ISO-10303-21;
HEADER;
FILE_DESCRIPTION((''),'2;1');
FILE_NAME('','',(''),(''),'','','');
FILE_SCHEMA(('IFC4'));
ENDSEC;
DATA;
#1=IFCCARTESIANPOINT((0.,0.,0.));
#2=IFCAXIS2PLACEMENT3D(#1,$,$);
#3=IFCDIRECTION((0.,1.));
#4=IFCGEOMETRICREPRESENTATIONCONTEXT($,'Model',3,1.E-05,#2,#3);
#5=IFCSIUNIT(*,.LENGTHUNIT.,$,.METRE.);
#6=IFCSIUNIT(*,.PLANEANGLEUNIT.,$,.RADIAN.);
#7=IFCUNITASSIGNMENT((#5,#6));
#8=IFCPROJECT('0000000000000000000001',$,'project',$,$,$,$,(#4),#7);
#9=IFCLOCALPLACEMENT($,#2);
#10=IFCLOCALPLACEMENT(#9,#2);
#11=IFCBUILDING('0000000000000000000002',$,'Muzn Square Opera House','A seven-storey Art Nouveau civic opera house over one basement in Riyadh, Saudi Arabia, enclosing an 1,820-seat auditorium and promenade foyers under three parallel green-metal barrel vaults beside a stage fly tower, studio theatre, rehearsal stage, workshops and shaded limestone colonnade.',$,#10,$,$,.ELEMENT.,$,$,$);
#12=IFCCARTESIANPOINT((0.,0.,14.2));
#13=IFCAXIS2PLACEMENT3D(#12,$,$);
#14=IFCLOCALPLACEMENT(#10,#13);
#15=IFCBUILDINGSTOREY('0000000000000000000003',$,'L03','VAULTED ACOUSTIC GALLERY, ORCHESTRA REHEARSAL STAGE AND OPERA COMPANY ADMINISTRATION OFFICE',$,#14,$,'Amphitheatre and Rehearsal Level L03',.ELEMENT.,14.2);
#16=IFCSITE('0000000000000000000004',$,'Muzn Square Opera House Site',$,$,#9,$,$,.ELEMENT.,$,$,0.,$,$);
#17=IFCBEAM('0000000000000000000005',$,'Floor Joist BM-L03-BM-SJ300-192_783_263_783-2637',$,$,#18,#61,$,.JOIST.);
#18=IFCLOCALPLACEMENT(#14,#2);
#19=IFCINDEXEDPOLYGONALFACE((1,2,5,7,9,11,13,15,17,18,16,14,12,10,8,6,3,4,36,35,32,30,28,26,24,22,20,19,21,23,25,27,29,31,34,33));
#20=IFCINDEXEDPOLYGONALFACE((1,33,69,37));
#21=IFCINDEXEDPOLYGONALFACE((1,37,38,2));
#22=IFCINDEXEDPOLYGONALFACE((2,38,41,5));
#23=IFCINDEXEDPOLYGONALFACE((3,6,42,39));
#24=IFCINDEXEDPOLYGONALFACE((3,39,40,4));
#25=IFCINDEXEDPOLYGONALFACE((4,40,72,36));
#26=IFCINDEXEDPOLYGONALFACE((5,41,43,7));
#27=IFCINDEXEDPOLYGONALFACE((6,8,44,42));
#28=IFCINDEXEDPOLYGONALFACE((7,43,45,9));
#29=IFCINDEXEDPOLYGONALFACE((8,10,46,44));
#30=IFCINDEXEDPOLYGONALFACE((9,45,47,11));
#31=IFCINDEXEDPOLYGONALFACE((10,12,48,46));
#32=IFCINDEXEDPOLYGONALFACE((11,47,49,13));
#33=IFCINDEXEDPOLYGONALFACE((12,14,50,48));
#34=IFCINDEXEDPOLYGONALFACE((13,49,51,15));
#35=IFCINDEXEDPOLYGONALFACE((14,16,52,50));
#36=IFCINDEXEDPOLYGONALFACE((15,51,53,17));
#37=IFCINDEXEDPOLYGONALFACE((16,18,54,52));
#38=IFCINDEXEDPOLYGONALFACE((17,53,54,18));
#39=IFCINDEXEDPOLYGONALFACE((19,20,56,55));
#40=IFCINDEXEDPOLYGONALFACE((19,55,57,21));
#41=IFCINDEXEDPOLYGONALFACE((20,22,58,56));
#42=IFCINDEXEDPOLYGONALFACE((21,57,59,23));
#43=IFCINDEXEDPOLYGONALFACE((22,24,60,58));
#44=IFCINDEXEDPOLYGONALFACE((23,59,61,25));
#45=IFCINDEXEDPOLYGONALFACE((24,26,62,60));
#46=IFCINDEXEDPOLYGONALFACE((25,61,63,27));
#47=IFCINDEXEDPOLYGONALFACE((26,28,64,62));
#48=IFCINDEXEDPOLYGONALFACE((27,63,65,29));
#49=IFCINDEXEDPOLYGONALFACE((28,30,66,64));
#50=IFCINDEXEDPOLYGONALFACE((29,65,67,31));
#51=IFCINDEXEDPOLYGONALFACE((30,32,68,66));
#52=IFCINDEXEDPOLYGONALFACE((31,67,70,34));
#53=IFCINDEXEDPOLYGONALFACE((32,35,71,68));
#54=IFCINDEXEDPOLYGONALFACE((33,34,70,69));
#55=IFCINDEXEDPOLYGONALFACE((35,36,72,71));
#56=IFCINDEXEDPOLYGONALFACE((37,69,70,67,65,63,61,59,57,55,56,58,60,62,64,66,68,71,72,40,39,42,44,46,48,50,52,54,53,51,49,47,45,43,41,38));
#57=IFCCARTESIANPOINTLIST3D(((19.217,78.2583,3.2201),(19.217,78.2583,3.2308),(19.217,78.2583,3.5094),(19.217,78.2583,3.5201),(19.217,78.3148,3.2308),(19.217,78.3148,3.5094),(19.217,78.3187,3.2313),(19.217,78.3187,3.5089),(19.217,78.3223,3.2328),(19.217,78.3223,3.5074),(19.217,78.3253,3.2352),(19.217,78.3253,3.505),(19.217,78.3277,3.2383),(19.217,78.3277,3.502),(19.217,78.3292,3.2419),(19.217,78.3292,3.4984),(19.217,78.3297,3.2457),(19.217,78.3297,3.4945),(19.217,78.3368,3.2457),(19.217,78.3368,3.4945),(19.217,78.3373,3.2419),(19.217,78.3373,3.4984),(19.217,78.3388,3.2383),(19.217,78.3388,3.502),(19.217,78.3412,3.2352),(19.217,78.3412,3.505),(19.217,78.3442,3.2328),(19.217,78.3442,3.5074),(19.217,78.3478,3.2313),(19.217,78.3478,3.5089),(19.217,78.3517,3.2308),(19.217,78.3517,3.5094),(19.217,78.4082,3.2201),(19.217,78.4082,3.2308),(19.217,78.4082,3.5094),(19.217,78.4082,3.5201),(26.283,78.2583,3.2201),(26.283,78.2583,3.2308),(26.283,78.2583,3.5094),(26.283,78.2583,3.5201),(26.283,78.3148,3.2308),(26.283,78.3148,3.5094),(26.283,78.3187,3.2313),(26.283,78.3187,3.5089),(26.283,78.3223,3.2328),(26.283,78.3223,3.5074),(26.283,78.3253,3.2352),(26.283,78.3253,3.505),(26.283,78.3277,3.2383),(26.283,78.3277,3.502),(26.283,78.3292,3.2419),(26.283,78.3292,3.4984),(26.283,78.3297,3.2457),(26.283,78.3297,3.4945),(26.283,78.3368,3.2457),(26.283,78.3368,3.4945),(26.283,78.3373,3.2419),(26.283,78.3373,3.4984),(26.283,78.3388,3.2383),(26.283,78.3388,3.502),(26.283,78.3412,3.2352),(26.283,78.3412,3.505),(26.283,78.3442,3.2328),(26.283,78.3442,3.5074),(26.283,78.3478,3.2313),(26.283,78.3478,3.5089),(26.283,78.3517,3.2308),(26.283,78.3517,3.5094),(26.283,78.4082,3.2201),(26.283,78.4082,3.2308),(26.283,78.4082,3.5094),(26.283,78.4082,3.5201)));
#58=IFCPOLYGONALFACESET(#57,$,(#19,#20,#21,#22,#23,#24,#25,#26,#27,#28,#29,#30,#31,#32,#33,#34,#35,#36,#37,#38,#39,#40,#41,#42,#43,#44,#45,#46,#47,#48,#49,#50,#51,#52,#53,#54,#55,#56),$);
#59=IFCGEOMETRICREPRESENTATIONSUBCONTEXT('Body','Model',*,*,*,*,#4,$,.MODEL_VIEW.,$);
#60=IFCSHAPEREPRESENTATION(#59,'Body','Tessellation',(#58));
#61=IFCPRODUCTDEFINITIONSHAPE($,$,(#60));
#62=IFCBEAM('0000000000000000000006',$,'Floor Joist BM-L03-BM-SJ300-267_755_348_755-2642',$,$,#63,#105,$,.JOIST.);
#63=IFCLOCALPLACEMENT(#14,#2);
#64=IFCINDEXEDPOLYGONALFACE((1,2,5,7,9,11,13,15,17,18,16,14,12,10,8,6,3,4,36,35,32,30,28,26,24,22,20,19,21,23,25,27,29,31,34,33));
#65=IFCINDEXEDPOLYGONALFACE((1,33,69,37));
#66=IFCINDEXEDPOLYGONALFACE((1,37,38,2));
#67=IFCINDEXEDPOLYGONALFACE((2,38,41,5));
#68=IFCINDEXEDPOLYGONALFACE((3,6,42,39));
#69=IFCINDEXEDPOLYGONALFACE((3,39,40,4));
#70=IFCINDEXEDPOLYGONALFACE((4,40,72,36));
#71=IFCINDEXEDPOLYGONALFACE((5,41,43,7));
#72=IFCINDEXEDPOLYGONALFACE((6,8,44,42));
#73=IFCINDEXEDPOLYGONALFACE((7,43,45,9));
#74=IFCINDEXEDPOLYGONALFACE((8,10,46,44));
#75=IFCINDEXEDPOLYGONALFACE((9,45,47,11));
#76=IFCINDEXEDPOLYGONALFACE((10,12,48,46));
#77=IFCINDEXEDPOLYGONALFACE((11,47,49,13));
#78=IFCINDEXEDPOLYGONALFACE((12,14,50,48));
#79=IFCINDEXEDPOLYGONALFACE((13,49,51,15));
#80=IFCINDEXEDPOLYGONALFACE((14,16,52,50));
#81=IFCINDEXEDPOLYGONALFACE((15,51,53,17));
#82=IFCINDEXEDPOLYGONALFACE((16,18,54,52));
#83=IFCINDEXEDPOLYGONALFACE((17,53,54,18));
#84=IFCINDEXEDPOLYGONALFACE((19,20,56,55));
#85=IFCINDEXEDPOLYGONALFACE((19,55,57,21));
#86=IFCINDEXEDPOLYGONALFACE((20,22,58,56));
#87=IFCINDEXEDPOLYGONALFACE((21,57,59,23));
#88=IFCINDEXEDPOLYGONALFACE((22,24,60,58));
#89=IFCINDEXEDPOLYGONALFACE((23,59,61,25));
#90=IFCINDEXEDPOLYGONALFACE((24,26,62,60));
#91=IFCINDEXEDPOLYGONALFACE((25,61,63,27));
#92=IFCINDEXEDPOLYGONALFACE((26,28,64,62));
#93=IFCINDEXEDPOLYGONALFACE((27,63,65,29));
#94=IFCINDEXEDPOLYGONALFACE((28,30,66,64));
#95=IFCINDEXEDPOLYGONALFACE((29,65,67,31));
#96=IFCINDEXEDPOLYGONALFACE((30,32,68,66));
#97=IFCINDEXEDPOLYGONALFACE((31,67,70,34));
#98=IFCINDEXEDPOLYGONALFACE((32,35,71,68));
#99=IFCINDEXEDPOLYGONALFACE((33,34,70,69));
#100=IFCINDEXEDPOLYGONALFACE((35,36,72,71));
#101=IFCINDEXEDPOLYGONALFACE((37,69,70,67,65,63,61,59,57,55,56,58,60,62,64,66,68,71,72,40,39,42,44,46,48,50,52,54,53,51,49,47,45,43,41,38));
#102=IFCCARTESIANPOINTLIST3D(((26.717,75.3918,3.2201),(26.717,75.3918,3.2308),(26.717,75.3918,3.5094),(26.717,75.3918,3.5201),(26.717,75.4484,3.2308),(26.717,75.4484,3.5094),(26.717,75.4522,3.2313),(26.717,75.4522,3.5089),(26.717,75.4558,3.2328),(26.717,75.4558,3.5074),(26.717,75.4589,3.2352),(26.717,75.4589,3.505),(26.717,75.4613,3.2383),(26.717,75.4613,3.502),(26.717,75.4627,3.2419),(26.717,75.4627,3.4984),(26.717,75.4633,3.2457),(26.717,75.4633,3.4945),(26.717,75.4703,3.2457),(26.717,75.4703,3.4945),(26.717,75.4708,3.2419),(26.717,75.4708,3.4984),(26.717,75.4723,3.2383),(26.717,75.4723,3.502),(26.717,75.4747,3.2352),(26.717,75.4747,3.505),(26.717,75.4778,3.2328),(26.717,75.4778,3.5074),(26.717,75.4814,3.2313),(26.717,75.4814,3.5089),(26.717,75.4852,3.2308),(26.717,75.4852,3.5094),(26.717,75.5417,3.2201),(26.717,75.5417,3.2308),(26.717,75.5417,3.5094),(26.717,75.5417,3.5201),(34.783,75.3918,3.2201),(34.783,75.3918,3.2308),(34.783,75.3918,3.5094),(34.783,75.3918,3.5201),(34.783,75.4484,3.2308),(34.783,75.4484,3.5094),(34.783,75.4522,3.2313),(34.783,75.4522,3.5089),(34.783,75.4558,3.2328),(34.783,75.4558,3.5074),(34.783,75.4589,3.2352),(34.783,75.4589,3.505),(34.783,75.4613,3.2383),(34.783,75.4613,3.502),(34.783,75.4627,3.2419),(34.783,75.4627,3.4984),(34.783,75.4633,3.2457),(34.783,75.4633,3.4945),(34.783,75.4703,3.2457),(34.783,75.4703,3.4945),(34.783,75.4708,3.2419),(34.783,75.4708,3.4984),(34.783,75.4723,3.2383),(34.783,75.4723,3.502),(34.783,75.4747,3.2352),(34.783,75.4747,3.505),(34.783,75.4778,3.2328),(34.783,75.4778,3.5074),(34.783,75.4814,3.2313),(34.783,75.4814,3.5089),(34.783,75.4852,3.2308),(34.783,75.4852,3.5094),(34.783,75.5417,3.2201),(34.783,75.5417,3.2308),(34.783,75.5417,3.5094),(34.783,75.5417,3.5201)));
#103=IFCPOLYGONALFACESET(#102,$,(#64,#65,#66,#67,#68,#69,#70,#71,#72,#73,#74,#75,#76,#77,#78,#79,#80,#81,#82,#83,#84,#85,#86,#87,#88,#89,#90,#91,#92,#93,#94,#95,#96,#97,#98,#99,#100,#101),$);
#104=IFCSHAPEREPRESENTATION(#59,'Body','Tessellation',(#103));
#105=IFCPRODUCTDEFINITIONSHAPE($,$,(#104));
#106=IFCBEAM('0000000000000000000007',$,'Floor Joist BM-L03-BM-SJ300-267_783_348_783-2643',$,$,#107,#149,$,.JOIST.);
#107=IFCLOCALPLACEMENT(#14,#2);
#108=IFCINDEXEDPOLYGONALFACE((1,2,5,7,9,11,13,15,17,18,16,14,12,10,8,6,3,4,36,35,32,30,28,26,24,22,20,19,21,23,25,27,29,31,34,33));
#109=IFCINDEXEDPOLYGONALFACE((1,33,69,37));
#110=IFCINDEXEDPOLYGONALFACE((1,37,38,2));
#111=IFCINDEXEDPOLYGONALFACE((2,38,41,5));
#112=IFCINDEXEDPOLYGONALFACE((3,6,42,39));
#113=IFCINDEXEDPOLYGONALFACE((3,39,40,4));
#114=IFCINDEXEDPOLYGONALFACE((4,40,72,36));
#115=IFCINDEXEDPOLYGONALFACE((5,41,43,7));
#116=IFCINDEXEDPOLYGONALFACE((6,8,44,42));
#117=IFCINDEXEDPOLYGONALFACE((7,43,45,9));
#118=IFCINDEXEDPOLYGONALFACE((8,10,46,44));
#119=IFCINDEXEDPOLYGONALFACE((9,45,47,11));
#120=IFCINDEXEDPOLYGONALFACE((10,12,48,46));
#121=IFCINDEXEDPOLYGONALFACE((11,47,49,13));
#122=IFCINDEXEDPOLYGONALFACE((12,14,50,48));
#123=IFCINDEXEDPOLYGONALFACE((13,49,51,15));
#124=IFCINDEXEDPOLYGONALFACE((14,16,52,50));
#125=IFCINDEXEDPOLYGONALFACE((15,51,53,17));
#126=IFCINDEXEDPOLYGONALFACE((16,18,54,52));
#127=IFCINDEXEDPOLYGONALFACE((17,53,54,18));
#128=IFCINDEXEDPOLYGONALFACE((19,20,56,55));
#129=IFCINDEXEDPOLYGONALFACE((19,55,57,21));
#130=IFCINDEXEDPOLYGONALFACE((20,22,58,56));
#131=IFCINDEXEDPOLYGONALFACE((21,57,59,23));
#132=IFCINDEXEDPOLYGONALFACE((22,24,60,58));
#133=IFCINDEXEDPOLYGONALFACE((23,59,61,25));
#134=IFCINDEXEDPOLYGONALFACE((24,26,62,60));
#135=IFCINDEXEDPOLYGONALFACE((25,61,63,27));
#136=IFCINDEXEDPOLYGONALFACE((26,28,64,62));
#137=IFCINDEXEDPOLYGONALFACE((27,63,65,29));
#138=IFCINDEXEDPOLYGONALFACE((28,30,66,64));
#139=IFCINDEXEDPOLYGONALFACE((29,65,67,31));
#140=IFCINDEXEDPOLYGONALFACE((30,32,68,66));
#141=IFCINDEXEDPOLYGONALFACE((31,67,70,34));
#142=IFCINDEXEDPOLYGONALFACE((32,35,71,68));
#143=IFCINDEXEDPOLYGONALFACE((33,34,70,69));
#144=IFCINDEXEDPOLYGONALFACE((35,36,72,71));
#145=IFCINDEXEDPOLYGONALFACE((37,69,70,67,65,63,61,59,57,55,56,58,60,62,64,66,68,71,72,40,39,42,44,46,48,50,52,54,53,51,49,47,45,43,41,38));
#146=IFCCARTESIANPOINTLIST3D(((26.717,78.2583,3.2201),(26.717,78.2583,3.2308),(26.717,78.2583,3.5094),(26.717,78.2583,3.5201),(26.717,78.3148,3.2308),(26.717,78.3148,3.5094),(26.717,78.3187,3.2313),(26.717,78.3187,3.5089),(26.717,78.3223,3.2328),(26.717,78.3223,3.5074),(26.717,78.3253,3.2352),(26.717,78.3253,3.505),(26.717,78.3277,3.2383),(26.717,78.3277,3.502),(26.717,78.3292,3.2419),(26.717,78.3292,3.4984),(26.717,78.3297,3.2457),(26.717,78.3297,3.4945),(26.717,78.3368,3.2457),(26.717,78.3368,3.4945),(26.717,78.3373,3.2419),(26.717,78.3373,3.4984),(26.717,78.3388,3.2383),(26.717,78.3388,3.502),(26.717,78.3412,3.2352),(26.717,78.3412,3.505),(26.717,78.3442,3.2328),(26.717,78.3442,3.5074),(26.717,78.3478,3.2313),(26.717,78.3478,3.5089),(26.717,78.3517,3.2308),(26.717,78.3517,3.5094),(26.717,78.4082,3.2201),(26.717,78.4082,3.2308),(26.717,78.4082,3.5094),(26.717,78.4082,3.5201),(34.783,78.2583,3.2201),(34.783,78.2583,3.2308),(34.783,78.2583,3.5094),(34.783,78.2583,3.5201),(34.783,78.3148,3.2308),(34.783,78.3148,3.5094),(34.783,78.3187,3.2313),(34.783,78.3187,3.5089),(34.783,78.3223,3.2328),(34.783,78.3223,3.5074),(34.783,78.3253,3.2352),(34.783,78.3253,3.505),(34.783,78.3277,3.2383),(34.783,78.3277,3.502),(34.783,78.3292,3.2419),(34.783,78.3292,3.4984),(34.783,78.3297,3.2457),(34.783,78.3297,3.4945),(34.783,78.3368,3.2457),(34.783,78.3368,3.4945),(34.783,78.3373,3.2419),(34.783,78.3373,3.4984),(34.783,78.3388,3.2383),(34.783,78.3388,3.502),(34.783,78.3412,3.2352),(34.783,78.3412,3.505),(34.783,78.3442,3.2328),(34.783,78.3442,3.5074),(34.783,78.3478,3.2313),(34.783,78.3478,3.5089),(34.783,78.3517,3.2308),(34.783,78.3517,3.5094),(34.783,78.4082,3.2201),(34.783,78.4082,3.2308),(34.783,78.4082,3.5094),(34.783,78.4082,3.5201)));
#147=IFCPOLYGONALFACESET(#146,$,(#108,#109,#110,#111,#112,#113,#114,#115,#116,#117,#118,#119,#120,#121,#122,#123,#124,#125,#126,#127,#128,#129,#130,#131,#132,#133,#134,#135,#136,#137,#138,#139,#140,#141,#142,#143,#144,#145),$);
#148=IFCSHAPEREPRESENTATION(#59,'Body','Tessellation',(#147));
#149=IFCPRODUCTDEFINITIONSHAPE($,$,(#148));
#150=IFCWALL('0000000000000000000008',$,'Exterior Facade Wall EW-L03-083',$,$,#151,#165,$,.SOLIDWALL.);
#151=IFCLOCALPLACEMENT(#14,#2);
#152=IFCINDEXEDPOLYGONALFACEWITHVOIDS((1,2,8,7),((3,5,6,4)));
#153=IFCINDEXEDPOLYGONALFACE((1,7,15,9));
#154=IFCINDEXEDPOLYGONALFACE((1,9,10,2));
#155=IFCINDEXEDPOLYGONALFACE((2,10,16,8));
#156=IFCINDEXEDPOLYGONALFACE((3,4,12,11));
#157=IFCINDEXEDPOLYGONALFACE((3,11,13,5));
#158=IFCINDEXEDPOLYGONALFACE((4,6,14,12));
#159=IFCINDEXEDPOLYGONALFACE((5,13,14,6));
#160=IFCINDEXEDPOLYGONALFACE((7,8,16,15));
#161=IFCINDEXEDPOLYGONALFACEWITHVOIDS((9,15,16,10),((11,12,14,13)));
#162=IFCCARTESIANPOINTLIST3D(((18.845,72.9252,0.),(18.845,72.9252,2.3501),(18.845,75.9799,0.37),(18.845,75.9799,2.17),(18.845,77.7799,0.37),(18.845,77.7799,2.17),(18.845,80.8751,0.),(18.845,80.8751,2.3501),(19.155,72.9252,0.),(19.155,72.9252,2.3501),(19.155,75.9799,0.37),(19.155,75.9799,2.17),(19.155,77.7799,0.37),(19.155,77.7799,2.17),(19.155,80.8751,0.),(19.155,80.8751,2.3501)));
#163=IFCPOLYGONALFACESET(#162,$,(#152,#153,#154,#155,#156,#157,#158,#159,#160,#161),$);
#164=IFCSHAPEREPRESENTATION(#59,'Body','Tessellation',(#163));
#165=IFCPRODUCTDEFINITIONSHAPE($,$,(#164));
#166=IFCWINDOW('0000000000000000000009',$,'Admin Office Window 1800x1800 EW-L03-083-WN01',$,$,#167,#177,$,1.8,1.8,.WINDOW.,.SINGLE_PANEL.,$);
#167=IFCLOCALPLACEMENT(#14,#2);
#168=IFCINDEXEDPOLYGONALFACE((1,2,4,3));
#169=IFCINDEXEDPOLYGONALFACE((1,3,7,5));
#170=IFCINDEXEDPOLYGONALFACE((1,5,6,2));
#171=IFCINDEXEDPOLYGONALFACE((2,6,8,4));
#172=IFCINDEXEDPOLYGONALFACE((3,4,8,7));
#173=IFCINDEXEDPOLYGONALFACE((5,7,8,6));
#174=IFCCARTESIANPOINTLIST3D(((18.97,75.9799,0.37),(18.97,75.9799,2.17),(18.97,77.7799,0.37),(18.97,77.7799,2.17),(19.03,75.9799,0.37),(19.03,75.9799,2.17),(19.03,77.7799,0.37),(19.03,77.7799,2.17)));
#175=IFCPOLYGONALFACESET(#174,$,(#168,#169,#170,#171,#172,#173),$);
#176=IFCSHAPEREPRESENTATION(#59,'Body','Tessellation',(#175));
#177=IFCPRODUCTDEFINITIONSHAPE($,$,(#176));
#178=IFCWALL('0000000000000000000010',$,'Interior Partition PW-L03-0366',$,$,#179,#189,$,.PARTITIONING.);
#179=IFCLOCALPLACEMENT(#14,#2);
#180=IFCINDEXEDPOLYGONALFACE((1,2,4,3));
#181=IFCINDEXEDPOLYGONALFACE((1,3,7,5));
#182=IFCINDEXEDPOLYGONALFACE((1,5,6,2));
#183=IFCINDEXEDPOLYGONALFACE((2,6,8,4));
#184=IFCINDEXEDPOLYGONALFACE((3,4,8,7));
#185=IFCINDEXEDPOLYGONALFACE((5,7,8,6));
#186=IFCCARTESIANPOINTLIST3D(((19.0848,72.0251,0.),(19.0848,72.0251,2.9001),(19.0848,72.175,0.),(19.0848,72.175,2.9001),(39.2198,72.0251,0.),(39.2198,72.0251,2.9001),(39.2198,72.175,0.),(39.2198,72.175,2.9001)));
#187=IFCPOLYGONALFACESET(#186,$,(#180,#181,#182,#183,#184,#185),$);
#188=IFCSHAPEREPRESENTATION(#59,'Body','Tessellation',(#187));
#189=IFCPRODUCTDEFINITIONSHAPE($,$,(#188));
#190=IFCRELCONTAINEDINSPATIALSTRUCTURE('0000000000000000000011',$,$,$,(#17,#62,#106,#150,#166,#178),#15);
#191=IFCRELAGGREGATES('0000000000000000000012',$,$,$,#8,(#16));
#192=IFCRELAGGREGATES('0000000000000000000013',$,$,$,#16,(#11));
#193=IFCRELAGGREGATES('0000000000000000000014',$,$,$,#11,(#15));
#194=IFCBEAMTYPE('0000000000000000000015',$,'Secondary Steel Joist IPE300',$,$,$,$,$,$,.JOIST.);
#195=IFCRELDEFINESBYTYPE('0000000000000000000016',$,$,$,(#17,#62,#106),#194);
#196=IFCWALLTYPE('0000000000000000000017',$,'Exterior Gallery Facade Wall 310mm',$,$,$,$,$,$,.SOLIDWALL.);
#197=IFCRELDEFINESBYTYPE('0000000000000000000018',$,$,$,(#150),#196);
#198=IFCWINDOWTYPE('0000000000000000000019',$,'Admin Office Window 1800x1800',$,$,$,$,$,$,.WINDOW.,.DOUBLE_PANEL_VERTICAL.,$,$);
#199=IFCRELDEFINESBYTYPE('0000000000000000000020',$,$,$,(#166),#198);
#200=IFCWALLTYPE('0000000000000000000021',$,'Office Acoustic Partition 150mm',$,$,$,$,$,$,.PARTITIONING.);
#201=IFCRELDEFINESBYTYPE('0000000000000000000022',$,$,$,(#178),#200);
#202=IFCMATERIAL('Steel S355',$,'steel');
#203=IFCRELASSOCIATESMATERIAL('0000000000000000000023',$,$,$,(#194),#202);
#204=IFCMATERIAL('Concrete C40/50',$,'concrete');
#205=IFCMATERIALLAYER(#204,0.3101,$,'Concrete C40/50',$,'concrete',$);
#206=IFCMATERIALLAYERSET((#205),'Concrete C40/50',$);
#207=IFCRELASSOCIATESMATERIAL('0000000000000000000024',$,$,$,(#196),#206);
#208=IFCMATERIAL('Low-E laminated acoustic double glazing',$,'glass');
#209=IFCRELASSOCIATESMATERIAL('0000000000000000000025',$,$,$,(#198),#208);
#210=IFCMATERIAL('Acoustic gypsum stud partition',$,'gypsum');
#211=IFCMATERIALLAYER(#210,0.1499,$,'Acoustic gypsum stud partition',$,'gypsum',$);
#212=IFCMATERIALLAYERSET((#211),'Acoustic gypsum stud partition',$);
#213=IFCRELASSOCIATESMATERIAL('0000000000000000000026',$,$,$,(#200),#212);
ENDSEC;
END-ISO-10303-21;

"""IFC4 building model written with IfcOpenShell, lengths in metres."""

from ifc_helpers import new_model, si_unit, direction, frame, frame_2d, origin, origin_2d, place, context, subcontext, project, spatial, rectangle, i_section, extrude, material, layer, layer_set, material_profile, profile_set, type_object, element, fill, save


model = new_model("IFC4")

# Units and contexts
model_context = context("Model", 3, precision=1e-05, world=origin(), true_north=direction((0.0, 1.0)))
body_context = subcontext(model_context, "Body", "Model", "MODEL_VIEW")
ifc_project = project(units=[si_unit("LENGTHUNIT", "METRE"), si_unit("PLANEANGLEUNIT", "RADIAN")], contexts=[model_context])

# Site, building, storey
site_placement = place(None, origin())
site = spatial("IfcSite", under=ifc_project, at=site_placement, Name="Muzn Square Opera House Site", CompositionType="ELEMENT", RefElevation=0.0)
building_placement = place(site_placement, origin())
building = spatial("IfcBuilding", under=site, at=building_placement, Name="Muzn Square Opera House", Description="A seven-storey Art Nouveau civic opera house over one basement in Riyadh, Saudi Arabia, enclosing an 1,820-seat auditorium and promenade foyers under three parallel green-metal barrel vaults beside a stage fly tower, studio theatre, rehearsal stage, workshops and shaded limestone colonnade.", CompositionType="ELEMENT")
storey_placement = place(building_placement, frame((0.0, 0.0, 14.2)))
storey = spatial("IfcBuildingStorey", under=building, at=storey_placement, Name="L03", Description="VAULTED ACOUSTIC GALLERY, ORCHESTRA REHEARSAL STAGE AND OPERA COMPANY ADMINISTRATION OFFICE", LongName="Amphitheatre and Rehearsal Level L03", CompositionType="ELEMENT", Elevation=14.2)

# Beams
ifc_material_1 = material(Name="Concrete C40/50", Category="concrete")
ifc_material_2 = material(Name="Steel S355", Category="steel")
ifc_material_profile_1 = material_profile(ifc_material_2, i_section(OverallWidth=0.1499, OverallDepth=0.3, WebThickness=0.0071, FlangeThickness=0.0107, FilletRadius=0.0149, at=origin_2d()), Name="IPE 300", Category="steel")
ifc_profile_set_1 = profile_set([ifc_material_profile_1], Name="Steel S355")
beam_type_1 = type_object("IfcBeamType", Name="Secondary Steel Joist IPE300", PredefinedType="JOIST", material=ifc_profile_set_1)
beam_1_placement = place(storey_placement, frame((19.217, 78.3333, 3.3701), z_axis=(1.0, 0.0, 0.0), x_axis=(0.0, 1.0, 0.0)))
element("IfcBeam", 1, at=beam_1_placement, inside=storey, type_object=beam_type_1, Name="Floor Joist BM-L03-BM-SJ300-192_783_263_783-2637", PredefinedType="JOIST", context=body_context, shape_type="SweptSolid", body=[
    extrude(i_section(OverallWidth=0.1499, OverallDepth=0.3, WebThickness=0.0071, FlangeThickness=0.0107, FilletRadius=0.0149, at=origin_2d()), origin(), (0.0, 0.0, 1.0), 7.0659),
])
for number, where, z_axis, x_axis, name in (
    (2, (26.717, 75.4668, 3.3701), (1.0, 0.0, 0.0), (0.0, 1.0, 0.0), "Floor Joist BM-L03-BM-SJ300-267_755_348_755-2642"),
    (3, (26.717, 78.3333, 3.3701), (1.0, 0.0, 0.0), (0.0, 1.0, 0.0), "Floor Joist BM-L03-BM-SJ300-267_783_348_783-2643"),
):
    element("IfcBeam", number, at=place(storey_placement, frame(where, z_axis=z_axis, x_axis=x_axis)), inside=storey, type_object=beam_type_1, Name=name, PredefinedType="JOIST", context=body_context, shape_type="SweptSolid", body=[
        extrude(i_section(OverallWidth=0.1499, OverallDepth=0.3, WebThickness=0.0071, FlangeThickness=0.0107, FilletRadius=0.0149, at=origin_2d()), origin(), (0.0, 0.0, 1.0), 8.0659),
    ])

# Wall, opening, window
ifc_layer_1 = layer(ifc_material_1, 0.3101, Name="Concrete C40/50", Category="concrete")
ifc_layer_set_1 = layer_set([ifc_layer_1], Name="Concrete C40/50")
wall_type_1 = type_object("IfcWallType", Name="Exterior Gallery Facade Wall 310mm", PredefinedType="SOLIDWALL", material=ifc_layer_set_1)
wall_1_placement = place(storey_placement, frame((19.0, 72.925, 0.0), z_axis=(0.0, 0.0, 1.0), x_axis=(0.0, 1.0, 0.0)))
wall_1 = element("IfcWall", 4, at=wall_1_placement, inside=storey, type_object=wall_type_1, Name="Exterior Facade Wall EW-L03-083", PredefinedType="SOLIDWALL", context=body_context, shape_type="SweptSolid", body=[
    extrude(rectangle(XDim=7.95, YDim=0.3101, at=frame_2d((3.9751, 0.0))), origin(), (0.0, 0.0, 1.0), 2.3501),
])
opening_placement = place(wall_1_placement, frame((3.0549, 0.0, 0.3701)))
opening = element("IfcOpeningElement", 5, at=opening_placement, cuts=wall_1, PredefinedType="OPENING", context=body_context, shape_type="SweptSolid", body=[
    extrude(rectangle(XDim=1.8, YDim=1.8, at=frame_2d((0.8999, 0.8999))), frame((0.0, 0.165, 0.0), z_axis=(0.0, -1.0, 0.0), x_axis=(1.0, 0.0, 0.0)), (0.0, 0.0, 1.0), 0.3301),
])
ifc_material_3 = material(Name="Low-E laminated acoustic double glazing", Category="glass")
window_type = type_object("IfcWindowType", Name="Admin Office Window 1800x1800", PartitioningType="DOUBLE_PANEL_VERTICAL", PredefinedType="WINDOW", material=ifc_material_3)
window_placement = place(opening_placement, origin())
window = element("IfcWindow", 6, at=window_placement, inside=storey, type_object=window_type, Name="Admin Office Window 1800x1800 EW-L03-083-WN01", OverallHeight=1.8, OverallWidth=1.8, PartitioningType="SINGLE_PANEL", PredefinedType="WINDOW", context=body_context, shape_type="SweptSolid", body=[
    extrude(rectangle(XDim=1.8, YDim=1.8, at=frame_2d((0.8999, 0.8999))), frame((0.0, 0.03, 0.0), z_axis=(0.0, -1.0, 0.0), x_axis=(1.0, 0.0, 0.0)), (0.0, 0.0, 1.0), 0.0601),
])
fill(opening, window)

# Wall
ifc_material_4 = material(Name="Acoustic gypsum stud partition", Category="gypsum")
ifc_layer_2 = layer(ifc_material_4, 0.1499, Name="Acoustic gypsum stud partition", Category="gypsum")
ifc_layer_set_2 = layer_set([ifc_layer_2], Name="Acoustic gypsum stud partition")
wall_type_2 = type_object("IfcWallType", Name="Office Acoustic Partition 150mm", PredefinedType="PARTITIONING", material=ifc_layer_set_2)
wall_2_placement = place(storey_placement, frame((19.085, 72.1001, 0.0), z_axis=(0.0, 0.0, 1.0), x_axis=(1.0, 0.0, 0.0)))
element("IfcWall", 7, at=wall_2_placement, inside=storey, type_object=wall_type_2, Name="Interior Partition PW-L03-0366", PredefinedType="PARTITIONING", context=body_context, shape_type="SweptSolid", body=[
    extrude(rectangle(XDim=20.135, YDim=0.1499, at=frame_2d((10.0674, 0.0))), origin(), (0.0, 0.0, 1.0), 2.9001),
])

save(model, "model.ifc")
